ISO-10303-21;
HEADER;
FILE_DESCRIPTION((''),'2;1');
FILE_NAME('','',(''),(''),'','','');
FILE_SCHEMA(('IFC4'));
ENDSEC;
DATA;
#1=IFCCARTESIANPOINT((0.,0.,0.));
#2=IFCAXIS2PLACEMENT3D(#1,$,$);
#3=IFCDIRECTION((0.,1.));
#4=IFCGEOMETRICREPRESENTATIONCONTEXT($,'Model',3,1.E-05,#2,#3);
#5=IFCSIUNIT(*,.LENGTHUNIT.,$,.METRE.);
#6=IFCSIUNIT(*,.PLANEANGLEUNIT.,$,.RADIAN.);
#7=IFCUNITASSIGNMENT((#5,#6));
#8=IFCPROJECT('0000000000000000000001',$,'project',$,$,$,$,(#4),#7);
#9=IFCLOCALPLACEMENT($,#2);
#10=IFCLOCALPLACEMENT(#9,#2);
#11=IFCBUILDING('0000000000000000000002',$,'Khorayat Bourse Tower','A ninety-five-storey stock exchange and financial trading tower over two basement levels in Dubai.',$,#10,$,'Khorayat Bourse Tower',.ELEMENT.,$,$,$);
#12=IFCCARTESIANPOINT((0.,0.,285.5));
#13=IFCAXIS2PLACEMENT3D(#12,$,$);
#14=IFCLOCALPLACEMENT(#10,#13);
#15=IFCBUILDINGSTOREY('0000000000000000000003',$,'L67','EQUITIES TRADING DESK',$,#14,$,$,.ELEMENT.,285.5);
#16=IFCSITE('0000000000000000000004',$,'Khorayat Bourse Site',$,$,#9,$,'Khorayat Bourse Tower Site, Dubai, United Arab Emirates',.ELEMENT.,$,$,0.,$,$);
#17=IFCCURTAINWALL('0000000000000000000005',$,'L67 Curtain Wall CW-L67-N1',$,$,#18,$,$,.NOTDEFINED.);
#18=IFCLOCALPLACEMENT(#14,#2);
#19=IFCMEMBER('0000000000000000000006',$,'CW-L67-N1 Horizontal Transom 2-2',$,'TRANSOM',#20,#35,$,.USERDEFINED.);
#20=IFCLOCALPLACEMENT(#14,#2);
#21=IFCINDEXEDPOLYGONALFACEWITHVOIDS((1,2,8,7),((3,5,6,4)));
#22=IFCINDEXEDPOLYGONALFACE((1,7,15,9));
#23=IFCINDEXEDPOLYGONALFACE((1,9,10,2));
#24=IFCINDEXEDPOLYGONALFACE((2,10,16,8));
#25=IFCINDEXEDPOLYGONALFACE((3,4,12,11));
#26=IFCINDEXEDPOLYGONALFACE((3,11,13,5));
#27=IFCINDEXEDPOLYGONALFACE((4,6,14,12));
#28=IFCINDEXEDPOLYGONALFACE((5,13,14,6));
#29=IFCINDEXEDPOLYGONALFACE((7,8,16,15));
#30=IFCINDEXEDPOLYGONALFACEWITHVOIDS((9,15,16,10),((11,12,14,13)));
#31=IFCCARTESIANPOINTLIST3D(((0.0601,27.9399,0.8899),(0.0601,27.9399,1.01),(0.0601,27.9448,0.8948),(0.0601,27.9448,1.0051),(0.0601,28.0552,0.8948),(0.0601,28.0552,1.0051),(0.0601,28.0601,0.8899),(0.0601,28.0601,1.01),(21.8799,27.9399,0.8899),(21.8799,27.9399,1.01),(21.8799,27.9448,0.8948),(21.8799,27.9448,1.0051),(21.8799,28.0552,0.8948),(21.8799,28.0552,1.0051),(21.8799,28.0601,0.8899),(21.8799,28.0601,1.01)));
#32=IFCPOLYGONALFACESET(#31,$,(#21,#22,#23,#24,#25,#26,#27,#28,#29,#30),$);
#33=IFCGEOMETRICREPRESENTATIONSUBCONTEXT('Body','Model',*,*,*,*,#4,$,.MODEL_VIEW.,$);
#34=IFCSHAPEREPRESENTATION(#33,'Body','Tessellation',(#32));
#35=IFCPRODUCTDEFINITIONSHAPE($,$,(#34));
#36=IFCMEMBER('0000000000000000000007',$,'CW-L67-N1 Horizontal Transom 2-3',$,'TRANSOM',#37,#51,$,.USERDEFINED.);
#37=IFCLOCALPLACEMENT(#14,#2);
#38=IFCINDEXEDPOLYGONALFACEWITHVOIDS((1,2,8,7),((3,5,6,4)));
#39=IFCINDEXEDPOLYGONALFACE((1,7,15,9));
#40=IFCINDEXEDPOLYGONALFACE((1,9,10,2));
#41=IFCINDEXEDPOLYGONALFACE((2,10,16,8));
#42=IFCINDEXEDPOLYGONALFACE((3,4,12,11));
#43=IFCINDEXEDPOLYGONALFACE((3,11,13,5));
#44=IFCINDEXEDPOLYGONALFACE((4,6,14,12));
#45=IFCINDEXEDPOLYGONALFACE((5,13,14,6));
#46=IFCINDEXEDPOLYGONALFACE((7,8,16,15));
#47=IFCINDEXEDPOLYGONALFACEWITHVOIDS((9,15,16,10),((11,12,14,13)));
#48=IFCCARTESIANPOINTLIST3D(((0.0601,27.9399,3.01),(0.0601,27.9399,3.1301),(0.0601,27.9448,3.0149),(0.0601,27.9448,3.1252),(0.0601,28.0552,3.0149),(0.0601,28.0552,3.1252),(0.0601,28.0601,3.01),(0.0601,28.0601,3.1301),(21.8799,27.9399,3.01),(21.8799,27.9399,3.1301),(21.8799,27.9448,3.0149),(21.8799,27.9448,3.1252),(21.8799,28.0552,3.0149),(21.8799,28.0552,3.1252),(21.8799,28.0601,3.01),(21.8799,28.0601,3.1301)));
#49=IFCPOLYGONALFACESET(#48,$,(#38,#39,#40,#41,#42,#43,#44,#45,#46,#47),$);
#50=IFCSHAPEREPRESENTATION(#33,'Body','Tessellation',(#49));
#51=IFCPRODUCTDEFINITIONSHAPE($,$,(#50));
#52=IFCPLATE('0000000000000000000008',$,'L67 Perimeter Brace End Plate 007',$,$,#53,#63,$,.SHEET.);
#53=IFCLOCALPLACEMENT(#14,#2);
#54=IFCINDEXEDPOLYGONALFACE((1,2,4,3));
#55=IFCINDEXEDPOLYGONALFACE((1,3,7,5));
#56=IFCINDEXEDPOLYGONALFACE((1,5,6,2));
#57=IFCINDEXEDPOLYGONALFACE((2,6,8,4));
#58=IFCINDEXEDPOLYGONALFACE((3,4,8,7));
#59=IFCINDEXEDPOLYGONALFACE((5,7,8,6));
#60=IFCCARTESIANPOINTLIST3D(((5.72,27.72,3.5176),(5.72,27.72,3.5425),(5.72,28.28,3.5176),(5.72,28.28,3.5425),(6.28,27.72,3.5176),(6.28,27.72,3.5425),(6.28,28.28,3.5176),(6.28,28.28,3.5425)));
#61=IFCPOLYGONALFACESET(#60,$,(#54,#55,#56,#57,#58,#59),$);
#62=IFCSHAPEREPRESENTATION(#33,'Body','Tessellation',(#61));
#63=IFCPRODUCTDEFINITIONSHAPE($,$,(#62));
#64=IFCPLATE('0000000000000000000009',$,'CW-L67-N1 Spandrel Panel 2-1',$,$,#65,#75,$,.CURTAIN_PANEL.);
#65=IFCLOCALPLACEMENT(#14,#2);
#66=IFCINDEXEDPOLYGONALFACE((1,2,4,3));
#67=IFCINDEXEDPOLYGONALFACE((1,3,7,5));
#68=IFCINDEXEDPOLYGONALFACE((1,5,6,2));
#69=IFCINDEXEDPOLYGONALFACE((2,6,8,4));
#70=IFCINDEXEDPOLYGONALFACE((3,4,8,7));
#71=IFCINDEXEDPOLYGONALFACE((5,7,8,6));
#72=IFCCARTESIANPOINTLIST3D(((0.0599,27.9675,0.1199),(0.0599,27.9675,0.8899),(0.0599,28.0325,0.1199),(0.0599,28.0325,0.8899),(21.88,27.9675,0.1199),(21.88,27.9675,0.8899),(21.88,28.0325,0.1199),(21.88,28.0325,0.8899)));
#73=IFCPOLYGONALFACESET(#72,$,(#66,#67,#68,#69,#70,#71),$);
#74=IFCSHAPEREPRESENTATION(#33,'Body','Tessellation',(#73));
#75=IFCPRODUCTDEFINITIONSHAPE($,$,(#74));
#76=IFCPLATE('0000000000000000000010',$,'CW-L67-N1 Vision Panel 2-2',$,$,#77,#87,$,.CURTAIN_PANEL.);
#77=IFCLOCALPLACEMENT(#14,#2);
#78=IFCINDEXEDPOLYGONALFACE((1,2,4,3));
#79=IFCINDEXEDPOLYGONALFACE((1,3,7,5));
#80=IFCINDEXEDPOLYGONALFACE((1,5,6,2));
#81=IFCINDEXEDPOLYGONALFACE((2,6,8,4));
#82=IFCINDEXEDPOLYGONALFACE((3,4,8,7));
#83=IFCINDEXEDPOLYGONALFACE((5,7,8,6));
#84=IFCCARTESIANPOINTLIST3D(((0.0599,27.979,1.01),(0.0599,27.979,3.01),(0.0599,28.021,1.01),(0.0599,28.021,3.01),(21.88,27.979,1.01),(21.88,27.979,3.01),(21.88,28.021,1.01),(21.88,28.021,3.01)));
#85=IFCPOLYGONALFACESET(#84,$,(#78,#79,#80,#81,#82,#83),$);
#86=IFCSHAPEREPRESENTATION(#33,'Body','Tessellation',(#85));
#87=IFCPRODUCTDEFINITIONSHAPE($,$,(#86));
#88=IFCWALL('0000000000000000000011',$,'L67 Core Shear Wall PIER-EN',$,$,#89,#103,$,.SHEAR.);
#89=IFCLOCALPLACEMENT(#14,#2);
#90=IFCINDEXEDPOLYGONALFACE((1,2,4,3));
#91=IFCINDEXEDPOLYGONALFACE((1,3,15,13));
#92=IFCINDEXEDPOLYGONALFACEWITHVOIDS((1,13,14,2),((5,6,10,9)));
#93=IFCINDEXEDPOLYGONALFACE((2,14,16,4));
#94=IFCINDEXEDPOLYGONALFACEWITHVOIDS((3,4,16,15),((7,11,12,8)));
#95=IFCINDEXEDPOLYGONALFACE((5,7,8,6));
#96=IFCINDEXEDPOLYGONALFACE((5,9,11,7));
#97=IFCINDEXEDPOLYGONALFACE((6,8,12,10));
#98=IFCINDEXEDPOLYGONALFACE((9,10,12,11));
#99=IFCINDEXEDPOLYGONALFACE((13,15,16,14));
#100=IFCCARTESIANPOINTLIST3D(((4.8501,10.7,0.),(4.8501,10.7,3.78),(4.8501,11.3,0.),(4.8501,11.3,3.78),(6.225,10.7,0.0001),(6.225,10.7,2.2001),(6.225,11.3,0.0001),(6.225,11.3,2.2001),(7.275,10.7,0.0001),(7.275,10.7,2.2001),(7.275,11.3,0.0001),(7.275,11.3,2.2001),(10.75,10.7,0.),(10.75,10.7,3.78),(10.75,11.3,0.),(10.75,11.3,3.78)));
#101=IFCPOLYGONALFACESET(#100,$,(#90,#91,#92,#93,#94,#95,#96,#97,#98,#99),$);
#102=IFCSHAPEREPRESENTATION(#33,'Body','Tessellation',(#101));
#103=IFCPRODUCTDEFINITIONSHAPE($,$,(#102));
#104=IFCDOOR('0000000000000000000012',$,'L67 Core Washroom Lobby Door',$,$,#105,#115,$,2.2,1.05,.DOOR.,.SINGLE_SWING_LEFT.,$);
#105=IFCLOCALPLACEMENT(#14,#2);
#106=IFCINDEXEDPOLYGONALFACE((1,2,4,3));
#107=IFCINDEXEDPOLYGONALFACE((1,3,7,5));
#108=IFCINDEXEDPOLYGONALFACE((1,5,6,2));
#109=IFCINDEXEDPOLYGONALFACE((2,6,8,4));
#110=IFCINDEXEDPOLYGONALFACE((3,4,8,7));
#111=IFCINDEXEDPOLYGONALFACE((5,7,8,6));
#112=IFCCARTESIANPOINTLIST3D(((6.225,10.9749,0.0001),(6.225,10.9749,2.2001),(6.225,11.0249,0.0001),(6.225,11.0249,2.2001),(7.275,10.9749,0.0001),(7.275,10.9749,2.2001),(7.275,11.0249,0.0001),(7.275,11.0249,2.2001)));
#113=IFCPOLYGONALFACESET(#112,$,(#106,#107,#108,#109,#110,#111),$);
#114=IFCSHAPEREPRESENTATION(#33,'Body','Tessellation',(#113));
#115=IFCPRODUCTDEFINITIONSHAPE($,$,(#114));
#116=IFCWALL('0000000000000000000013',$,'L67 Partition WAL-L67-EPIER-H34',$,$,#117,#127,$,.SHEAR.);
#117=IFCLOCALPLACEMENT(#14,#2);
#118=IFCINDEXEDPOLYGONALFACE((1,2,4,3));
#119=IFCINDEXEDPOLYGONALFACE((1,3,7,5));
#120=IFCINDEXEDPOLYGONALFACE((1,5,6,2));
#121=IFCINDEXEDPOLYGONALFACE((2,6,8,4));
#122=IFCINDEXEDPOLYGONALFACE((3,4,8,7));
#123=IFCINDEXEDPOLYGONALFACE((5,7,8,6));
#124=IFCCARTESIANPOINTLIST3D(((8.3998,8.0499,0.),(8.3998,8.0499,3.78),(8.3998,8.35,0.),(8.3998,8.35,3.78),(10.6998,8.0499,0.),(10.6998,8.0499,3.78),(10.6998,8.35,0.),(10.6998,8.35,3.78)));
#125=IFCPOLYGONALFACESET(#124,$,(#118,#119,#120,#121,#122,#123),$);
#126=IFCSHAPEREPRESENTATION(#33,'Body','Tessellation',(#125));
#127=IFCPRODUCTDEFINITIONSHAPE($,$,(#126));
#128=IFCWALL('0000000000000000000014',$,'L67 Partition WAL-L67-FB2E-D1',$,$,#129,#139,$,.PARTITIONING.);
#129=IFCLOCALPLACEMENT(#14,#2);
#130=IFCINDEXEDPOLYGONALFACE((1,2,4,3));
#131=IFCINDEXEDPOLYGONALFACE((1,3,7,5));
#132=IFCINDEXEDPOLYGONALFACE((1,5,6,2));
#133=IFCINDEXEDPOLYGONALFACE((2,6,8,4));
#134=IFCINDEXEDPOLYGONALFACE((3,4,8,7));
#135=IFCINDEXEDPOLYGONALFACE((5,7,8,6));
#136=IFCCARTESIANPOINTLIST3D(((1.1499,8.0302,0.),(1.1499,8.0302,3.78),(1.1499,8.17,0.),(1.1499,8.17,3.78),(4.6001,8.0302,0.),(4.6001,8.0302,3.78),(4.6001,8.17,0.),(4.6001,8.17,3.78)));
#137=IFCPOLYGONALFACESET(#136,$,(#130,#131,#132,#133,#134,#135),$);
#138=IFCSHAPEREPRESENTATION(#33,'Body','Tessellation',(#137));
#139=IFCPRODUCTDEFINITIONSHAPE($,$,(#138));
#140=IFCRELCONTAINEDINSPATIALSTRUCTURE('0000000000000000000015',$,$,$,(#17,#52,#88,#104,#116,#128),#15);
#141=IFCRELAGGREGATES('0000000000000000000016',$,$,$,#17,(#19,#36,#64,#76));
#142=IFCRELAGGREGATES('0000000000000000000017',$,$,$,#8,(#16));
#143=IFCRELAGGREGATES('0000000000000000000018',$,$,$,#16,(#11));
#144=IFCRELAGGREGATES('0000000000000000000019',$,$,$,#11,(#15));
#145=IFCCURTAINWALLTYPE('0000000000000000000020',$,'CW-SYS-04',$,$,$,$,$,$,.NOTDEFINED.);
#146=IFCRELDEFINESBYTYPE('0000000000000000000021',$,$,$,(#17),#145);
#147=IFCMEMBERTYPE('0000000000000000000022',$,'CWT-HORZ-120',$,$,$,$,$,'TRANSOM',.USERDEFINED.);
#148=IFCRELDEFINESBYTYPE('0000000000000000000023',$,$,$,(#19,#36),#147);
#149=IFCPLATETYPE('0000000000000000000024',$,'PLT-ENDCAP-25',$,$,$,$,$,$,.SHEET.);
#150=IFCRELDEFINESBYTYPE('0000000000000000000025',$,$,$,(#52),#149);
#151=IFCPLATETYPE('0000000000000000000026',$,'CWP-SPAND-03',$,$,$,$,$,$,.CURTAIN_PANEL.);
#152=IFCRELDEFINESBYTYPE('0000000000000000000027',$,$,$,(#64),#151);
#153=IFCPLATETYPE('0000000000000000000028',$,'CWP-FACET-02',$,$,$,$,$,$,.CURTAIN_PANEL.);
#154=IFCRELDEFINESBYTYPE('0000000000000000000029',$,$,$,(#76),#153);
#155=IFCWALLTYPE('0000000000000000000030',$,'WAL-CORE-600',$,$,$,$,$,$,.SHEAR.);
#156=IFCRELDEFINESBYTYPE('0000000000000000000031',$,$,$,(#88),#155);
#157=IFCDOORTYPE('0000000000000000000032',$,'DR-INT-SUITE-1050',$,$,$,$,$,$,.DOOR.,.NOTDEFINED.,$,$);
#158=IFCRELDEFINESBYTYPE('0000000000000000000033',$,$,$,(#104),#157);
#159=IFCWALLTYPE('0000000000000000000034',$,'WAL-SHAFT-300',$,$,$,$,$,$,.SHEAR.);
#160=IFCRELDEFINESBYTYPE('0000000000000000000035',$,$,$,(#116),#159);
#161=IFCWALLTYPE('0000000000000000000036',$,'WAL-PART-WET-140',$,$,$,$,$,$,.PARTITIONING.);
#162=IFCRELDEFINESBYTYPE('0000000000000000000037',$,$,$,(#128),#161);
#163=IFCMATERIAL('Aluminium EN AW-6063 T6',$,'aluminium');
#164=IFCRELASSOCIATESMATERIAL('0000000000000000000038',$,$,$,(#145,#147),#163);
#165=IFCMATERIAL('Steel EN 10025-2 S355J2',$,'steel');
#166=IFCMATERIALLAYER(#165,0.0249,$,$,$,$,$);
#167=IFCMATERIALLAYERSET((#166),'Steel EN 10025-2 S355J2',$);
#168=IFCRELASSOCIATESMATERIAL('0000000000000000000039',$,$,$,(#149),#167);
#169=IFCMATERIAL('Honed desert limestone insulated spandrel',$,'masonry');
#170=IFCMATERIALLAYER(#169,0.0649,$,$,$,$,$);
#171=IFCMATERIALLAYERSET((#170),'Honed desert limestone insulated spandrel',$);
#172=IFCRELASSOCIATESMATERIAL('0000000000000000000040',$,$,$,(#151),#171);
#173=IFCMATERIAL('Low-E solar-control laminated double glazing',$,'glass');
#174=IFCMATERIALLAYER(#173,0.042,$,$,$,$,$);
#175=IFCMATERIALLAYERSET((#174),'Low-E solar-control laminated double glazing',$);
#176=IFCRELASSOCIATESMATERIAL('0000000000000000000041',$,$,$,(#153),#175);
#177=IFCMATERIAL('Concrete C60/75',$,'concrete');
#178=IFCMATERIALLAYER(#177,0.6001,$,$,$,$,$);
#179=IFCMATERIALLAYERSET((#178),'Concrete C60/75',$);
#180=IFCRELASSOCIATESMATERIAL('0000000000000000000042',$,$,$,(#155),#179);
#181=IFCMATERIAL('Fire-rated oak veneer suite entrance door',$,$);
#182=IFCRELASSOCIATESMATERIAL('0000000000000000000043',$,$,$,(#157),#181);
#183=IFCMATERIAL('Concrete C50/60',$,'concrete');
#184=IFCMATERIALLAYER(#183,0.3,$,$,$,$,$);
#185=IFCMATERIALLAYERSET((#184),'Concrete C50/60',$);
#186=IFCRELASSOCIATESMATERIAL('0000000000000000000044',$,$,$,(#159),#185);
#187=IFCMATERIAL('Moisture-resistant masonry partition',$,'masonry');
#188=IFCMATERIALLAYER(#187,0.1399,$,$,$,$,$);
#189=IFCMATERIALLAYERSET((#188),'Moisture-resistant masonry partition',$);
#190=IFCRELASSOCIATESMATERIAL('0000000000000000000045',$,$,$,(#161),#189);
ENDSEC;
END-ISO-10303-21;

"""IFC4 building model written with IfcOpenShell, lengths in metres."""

from ifc_helpers import new_model, si_unit, direction, frame, frame_2d, origin, origin_2d, place, context, subcontext, project, spatial, rectangle, hollow_rectangle, extrude, source, transform, mapped, material, layer, layer_set, material_profile, profile_set, type_object, element, fill, aggregate, save


model = new_model("IFC4")

# Units and contexts
model_context = context("Model", 3, precision=1e-05, world=origin(), true_north=direction((0.0, 1.0)))
body_context = subcontext(model_context, "Body", "Model", "MODEL_VIEW")
ifc_project = project(units=[si_unit("LENGTHUNIT", "METRE"), si_unit("PLANEANGLEUNIT", "RADIAN")], contexts=[model_context])

# Site, building, storey
site_placement = place(None, origin())
site = spatial("IfcSite", under=ifc_project, at=site_placement, Name="Khorayat Bourse Site", LongName="Khorayat Bourse Tower Site, Dubai, United Arab Emirates", CompositionType="ELEMENT", RefElevation=0.0)
building_placement = place(site_placement, origin())
building = spatial("IfcBuilding", under=site, at=building_placement, Name="Khorayat Bourse Tower", Description="A ninety-five-storey stock exchange and financial trading tower over two basement levels in Dubai.", LongName="Khorayat Bourse Tower", CompositionType="ELEMENT")
storey_placement = place(building_placement, frame((0.0, 0.0, 285.5)))
storey = spatial("IfcBuildingStorey", under=building, at=storey_placement, Name="L67", Description="EQUITIES TRADING DESK", CompositionType="ELEMENT", Elevation=285.5)

# Shared definitions
ifc_material_1 = material(Name="Concrete C60/75", Category="concrete")

# Curtain wall, members
ifc_material_2 = material(Name="Aluminium EN AW-6063 T6", Category="aluminium")
curtain_wall_type = type_object("IfcCurtainWallType", Name="CW-SYS-04", PredefinedType="NOTDEFINED", material=ifc_material_2)
curtain_wall_placement = place(storey_placement, origin())
curtain_wall = element("IfcCurtainWall", 1, at=curtain_wall_placement, inside=storey, type_object=curtain_wall_type, Name="L67 Curtain Wall CW-L67-N1", PredefinedType="NOTDEFINED")
ifc_material_profile_1 = material_profile(ifc_material_2, hollow_rectangle(XDim=0.1201, YDim=0.1201, WallThickness=0.0049, at=origin_2d()), Name="ALU 120x120x5")
ifc_profile_set_1 = profile_set([ifc_material_profile_1], Name="Aluminium EN AW-6063 T6")
member_type_1 = type_object("IfcMemberType", Name="CWT-HORZ-120", ElementType="TRANSOM", PredefinedType="USERDEFINED", material=ifc_profile_set_1)
shared_shape_1 = source(origin(), body_context, "Body", "SweptSolid", [
    extrude(hollow_rectangle(XDim=0.1201, YDim=0.1201, WallThickness=0.0049, at=origin_2d()), origin(), (0.0, 0.0, 1.0), 21.8198),
])
member_1_placement = place(storey_placement, frame((0.0601, 28.0, 0.95), z_axis=(1.0, 0.0, 0.0), x_axis=(0.0, 1.0, 0.0)))
member_1 = element("IfcMember", 2, at=member_1_placement, type_object=member_type_1, Name="CW-L67-N1 Horizontal Transom 2-2", ObjectType="TRANSOM", PredefinedType="USERDEFINED", context=body_context, shape_type="MappedRepresentation", body=[
    mapped(shared_shape_1, transform((0.0, 0.0, 0.0), scale=1.0)),
])
member_2_placement = place(storey_placement, frame((0.0601, 28.0, 3.0701), z_axis=(1.0, 0.0, 0.0), x_axis=(0.0, 1.0, 0.0)))
member_2 = element("IfcMember", 3, at=member_2_placement, type_object=member_type_1, Name="CW-L67-N1 Horizontal Transom 2-3", ObjectType="TRANSOM", PredefinedType="USERDEFINED", context=body_context, shape_type="MappedRepresentation", body=[
    mapped(shared_shape_1, transform((0.0, 0.0, 0.0), scale=1.0)),
])

# Plates
ifc_material_3 = material(Name="Steel EN 10025-2 S355J2", Category="steel")
ifc_layer_1 = layer(ifc_material_3, 0.0249)
ifc_layer_set_1 = layer_set([ifc_layer_1], Name="Steel EN 10025-2 S355J2")
plate_type_1 = type_object("IfcPlateType", Name="PLT-ENDCAP-25", PredefinedType="SHEET", material=ifc_layer_set_1)
shared_shape_2 = source(origin(), body_context, "Body", "SweptSolid", [
    extrude(rectangle(XDim=0.5601, YDim=0.5601, at=origin_2d()), origin(), (0.0, 0.0, 1.0), 0.0249),
])
plate_1_placement = place(storey_placement, frame((6.0, 28.0, 3.5176), z_axis=(0.0, 0.0, 1.0), x_axis=(1.0, 0.0, 0.0)))
element("IfcPlate", 4, at=plate_1_placement, inside=storey, type_object=plate_type_1, Name="L67 Perimeter Brace End Plate 007", PredefinedType="SHEET", context=body_context, shape_type="MappedRepresentation", body=[
    mapped(shared_shape_2, transform((0.0, 0.0, 0.0), scale=1.0)),
])
ifc_material_4 = material(Name="Honed desert limestone insulated spandrel", Category="masonry")
ifc_layer_2 = layer(ifc_material_4, 0.0649)
ifc_layer_set_2 = layer_set([ifc_layer_2], Name="Honed desert limestone insulated spandrel")
plate_type_2 = type_object("IfcPlateType", Name="CWP-SPAND-03", PredefinedType="CURTAIN_PANEL", material=ifc_layer_set_2)
shared_shape_3 = source(origin(), body_context, "Body", "SweptSolid", [
    extrude(rectangle(XDim=21.8201, YDim=0.0649, at=origin_2d()), origin(), (0.0, 0.0, 1.0), 0.77),
])
plate_2_placement = place(storey_placement, frame((10.97, 28.0, 0.1199), z_axis=(0.0, 0.0, 1.0), x_axis=(1.0, 0.0, 0.0)))
plate_2 = element("IfcPlate", 5, at=plate_2_placement, type_object=plate_type_2, Name="CW-L67-N1 Spandrel Panel 2-1", PredefinedType="CURTAIN_PANEL", context=body_context, shape_type="MappedRepresentation", body=[
    mapped(shared_shape_3, transform((0.0, 0.0, 0.0), scale=1.0)),
])
ifc_material_5 = material(Name="Low-E solar-control laminated double glazing", Category="glass")
ifc_layer_3 = layer(ifc_material_5, 0.042)
ifc_layer_set_3 = layer_set([ifc_layer_3], Name="Low-E solar-control laminated double glazing")
plate_type_3 = type_object("IfcPlateType", Name="CWP-FACET-02", PredefinedType="CURTAIN_PANEL", material=ifc_layer_set_3)
shared_shape_4 = source(origin(), body_context, "Body", "SweptSolid", [
    extrude(rectangle(XDim=21.8201, YDim=0.042, at=origin_2d()), origin(), (0.0, 0.0, 1.0), 2.0),
])
plate_3_placement = place(storey_placement, frame((10.97, 28.0, 1.01), z_axis=(0.0, 0.0, 1.0), x_axis=(1.0, 0.0, 0.0)))
plate_3 = element("IfcPlate", 6, at=plate_3_placement, type_object=plate_type_3, Name="CW-L67-N1 Vision Panel 2-2", PredefinedType="CURTAIN_PANEL", context=body_context, shape_type="MappedRepresentation", body=[
    mapped(shared_shape_4, transform((0.0, 0.0, 0.0), scale=1.0)),
])
aggregate(curtain_wall, [member_1, member_2, plate_2, plate_3])

# Wall, opening, door
ifc_layer_4 = layer(ifc_material_1, 0.6001)
ifc_layer_set_4 = layer_set([ifc_layer_4], Name="Concrete C60/75")
wall_type_1 = type_object("IfcWallType", Name="WAL-CORE-600", PredefinedType="SHEAR", material=ifc_layer_set_4)
shared_shape_5 = source(origin(), body_context, "Body", "SweptSolid", [
    extrude(rectangle(XDim=5.8999, YDim=0.6001, at=frame_2d((2.95, 0.0))), origin(), (0.0, 0.0, 1.0), 3.78),
])
wall_1_placement = place(storey_placement, frame((4.8501, 11.0, 0.0), z_axis=(0.0, 0.0, 1.0), x_axis=(1.0, 0.0, 0.0)))
wall_1 = element("IfcWall", 7, at=wall_1_placement, inside=storey, type_object=wall_type_1, Name="L67 Core Shear Wall PIER-EN", PredefinedType="SHEAR", context=body_context, shape_type="MappedRepresentation", body=[
    mapped(shared_shape_5, transform((0.0, 0.0, 0.0), scale=1.0)),
])
shared_shape_6 = source(origin(), body_context, "Body", "SweptSolid", [
    extrude(rectangle(XDim=1.05, YDim=2.2, at=frame_2d((0.5249, 1.1001))), frame((0.0, 0.3101, 0.0), z_axis=(0.0, -1.0, 0.0), x_axis=(1.0, 0.0, 0.0)), (0.0, 0.0, 1.0), 0.6201),
])
opening_1_placement = place(wall_1_placement, frame((1.375, 0.0, 0.0)))
opening_1 = element("IfcOpeningElement", 8, at=opening_1_placement, cuts=wall_1, PredefinedType="OPENING", context=body_context, shape_type="MappedRepresentation", body=[
    mapped(shared_shape_6, transform((0.0, 0.0, 0.0), scale=1.0)),
])
ifc_material_6 = material(Name="Fire-rated oak veneer suite entrance door")
door_type_1 = type_object("IfcDoorType", Name="DR-INT-SUITE-1050", OperationType="NOTDEFINED", PredefinedType="DOOR", material=ifc_material_6)
shared_shape_7 = source(origin(), body_context, "Body", "SweptSolid", [
    extrude(rectangle(XDim=1.05, YDim=2.2, at=frame_2d((0.5249, 1.1001))), frame((0.0, 0.0249, 0.0), z_axis=(0.0, -1.0, 0.0), x_axis=(1.0, 0.0, 0.0)), (0.0, 0.0, 1.0), 0.05),
])
door_1_placement = place(opening_1_placement, origin())
door_1 = element("IfcDoor", 9, at=door_1_placement, inside=storey, type_object=door_type_1, Name="L67 Core Washroom Lobby Door", OperationType="SINGLE_SWING_LEFT", OverallHeight=2.2, OverallWidth=1.05, PredefinedType="DOOR", context=body_context, shape_type="MappedRepresentation", body=[
    mapped(shared_shape_7, transform((0.0, 0.0, 0.0), scale=1.0)),
])
fill(opening_1, door_1)

# Wall
ifc_material_7 = material(Name="Concrete C50/60", Category="concrete")
ifc_layer_5 = layer(ifc_material_7, 0.3)
ifc_layer_set_5 = layer_set([ifc_layer_5], Name="Concrete C50/60")
wall_type_2 = type_object("IfcWallType", Name="WAL-SHAFT-300", PredefinedType="SHEAR", material=ifc_layer_set_5)
shared_shape_8 = source(origin(), body_context, "Body", "SweptSolid", [
    extrude(rectangle(XDim=2.3, YDim=0.3, at=frame_2d((1.1499, 0.0))), origin(), (0.0, 0.0, 1.0), 3.78),
])
wall_2_placement = place(storey_placement, frame((8.3999, 8.2, 0.0), z_axis=(0.0, 0.0, 1.0), x_axis=(1.0, 0.0, 0.0)))
element("IfcWall", 10, at=wall_2_placement, inside=storey, type_object=wall_type_2, Name="L67 Partition WAL-L67-EPIER-H34", PredefinedType="SHEAR", context=body_context, shape_type="MappedRepresentation", body=[
    mapped(shared_shape_8, transform((0.0, 0.0, 0.0), scale=1.0)),
])

# Shared definitions
ifc_material_8 = material(Name="Moisture-resistant masonry partition", Category="masonry")
ifc_layer_6 = layer(ifc_material_8, 0.1399)
ifc_layer_set_6 = layer_set([ifc_layer_6], Name="Moisture-resistant masonry partition")
wall_type_3 = type_object("IfcWallType", Name="WAL-PART-WET-140", PredefinedType="PARTITIONING", material=ifc_layer_set_6)

# Wall
shared_shape_9 = source(origin(), body_context, "Body", "SweptSolid", [
    extrude(rectangle(XDim=3.4502, YDim=0.1399, at=frame_2d((1.7251, 0.0))), origin(), (0.0, 0.0, 1.0), 3.78),
])
wall_3_placement = place(storey_placement, frame((1.1499, 8.1001, 0.0), z_axis=(0.0, 0.0, 1.0), x_axis=(1.0, 0.0, 0.0)))
element("IfcWall", 11, at=wall_3_placement, inside=storey, type_object=wall_type_3, Name="L67 Partition WAL-L67-FB2E-D1", PredefinedType="PARTITIONING", context=body_context, shape_type="MappedRepresentation", body=[
    mapped(shared_shape_9, transform((0.0, 0.0, 0.0), scale=1.0)),
])

save(model, "model.ifc")
